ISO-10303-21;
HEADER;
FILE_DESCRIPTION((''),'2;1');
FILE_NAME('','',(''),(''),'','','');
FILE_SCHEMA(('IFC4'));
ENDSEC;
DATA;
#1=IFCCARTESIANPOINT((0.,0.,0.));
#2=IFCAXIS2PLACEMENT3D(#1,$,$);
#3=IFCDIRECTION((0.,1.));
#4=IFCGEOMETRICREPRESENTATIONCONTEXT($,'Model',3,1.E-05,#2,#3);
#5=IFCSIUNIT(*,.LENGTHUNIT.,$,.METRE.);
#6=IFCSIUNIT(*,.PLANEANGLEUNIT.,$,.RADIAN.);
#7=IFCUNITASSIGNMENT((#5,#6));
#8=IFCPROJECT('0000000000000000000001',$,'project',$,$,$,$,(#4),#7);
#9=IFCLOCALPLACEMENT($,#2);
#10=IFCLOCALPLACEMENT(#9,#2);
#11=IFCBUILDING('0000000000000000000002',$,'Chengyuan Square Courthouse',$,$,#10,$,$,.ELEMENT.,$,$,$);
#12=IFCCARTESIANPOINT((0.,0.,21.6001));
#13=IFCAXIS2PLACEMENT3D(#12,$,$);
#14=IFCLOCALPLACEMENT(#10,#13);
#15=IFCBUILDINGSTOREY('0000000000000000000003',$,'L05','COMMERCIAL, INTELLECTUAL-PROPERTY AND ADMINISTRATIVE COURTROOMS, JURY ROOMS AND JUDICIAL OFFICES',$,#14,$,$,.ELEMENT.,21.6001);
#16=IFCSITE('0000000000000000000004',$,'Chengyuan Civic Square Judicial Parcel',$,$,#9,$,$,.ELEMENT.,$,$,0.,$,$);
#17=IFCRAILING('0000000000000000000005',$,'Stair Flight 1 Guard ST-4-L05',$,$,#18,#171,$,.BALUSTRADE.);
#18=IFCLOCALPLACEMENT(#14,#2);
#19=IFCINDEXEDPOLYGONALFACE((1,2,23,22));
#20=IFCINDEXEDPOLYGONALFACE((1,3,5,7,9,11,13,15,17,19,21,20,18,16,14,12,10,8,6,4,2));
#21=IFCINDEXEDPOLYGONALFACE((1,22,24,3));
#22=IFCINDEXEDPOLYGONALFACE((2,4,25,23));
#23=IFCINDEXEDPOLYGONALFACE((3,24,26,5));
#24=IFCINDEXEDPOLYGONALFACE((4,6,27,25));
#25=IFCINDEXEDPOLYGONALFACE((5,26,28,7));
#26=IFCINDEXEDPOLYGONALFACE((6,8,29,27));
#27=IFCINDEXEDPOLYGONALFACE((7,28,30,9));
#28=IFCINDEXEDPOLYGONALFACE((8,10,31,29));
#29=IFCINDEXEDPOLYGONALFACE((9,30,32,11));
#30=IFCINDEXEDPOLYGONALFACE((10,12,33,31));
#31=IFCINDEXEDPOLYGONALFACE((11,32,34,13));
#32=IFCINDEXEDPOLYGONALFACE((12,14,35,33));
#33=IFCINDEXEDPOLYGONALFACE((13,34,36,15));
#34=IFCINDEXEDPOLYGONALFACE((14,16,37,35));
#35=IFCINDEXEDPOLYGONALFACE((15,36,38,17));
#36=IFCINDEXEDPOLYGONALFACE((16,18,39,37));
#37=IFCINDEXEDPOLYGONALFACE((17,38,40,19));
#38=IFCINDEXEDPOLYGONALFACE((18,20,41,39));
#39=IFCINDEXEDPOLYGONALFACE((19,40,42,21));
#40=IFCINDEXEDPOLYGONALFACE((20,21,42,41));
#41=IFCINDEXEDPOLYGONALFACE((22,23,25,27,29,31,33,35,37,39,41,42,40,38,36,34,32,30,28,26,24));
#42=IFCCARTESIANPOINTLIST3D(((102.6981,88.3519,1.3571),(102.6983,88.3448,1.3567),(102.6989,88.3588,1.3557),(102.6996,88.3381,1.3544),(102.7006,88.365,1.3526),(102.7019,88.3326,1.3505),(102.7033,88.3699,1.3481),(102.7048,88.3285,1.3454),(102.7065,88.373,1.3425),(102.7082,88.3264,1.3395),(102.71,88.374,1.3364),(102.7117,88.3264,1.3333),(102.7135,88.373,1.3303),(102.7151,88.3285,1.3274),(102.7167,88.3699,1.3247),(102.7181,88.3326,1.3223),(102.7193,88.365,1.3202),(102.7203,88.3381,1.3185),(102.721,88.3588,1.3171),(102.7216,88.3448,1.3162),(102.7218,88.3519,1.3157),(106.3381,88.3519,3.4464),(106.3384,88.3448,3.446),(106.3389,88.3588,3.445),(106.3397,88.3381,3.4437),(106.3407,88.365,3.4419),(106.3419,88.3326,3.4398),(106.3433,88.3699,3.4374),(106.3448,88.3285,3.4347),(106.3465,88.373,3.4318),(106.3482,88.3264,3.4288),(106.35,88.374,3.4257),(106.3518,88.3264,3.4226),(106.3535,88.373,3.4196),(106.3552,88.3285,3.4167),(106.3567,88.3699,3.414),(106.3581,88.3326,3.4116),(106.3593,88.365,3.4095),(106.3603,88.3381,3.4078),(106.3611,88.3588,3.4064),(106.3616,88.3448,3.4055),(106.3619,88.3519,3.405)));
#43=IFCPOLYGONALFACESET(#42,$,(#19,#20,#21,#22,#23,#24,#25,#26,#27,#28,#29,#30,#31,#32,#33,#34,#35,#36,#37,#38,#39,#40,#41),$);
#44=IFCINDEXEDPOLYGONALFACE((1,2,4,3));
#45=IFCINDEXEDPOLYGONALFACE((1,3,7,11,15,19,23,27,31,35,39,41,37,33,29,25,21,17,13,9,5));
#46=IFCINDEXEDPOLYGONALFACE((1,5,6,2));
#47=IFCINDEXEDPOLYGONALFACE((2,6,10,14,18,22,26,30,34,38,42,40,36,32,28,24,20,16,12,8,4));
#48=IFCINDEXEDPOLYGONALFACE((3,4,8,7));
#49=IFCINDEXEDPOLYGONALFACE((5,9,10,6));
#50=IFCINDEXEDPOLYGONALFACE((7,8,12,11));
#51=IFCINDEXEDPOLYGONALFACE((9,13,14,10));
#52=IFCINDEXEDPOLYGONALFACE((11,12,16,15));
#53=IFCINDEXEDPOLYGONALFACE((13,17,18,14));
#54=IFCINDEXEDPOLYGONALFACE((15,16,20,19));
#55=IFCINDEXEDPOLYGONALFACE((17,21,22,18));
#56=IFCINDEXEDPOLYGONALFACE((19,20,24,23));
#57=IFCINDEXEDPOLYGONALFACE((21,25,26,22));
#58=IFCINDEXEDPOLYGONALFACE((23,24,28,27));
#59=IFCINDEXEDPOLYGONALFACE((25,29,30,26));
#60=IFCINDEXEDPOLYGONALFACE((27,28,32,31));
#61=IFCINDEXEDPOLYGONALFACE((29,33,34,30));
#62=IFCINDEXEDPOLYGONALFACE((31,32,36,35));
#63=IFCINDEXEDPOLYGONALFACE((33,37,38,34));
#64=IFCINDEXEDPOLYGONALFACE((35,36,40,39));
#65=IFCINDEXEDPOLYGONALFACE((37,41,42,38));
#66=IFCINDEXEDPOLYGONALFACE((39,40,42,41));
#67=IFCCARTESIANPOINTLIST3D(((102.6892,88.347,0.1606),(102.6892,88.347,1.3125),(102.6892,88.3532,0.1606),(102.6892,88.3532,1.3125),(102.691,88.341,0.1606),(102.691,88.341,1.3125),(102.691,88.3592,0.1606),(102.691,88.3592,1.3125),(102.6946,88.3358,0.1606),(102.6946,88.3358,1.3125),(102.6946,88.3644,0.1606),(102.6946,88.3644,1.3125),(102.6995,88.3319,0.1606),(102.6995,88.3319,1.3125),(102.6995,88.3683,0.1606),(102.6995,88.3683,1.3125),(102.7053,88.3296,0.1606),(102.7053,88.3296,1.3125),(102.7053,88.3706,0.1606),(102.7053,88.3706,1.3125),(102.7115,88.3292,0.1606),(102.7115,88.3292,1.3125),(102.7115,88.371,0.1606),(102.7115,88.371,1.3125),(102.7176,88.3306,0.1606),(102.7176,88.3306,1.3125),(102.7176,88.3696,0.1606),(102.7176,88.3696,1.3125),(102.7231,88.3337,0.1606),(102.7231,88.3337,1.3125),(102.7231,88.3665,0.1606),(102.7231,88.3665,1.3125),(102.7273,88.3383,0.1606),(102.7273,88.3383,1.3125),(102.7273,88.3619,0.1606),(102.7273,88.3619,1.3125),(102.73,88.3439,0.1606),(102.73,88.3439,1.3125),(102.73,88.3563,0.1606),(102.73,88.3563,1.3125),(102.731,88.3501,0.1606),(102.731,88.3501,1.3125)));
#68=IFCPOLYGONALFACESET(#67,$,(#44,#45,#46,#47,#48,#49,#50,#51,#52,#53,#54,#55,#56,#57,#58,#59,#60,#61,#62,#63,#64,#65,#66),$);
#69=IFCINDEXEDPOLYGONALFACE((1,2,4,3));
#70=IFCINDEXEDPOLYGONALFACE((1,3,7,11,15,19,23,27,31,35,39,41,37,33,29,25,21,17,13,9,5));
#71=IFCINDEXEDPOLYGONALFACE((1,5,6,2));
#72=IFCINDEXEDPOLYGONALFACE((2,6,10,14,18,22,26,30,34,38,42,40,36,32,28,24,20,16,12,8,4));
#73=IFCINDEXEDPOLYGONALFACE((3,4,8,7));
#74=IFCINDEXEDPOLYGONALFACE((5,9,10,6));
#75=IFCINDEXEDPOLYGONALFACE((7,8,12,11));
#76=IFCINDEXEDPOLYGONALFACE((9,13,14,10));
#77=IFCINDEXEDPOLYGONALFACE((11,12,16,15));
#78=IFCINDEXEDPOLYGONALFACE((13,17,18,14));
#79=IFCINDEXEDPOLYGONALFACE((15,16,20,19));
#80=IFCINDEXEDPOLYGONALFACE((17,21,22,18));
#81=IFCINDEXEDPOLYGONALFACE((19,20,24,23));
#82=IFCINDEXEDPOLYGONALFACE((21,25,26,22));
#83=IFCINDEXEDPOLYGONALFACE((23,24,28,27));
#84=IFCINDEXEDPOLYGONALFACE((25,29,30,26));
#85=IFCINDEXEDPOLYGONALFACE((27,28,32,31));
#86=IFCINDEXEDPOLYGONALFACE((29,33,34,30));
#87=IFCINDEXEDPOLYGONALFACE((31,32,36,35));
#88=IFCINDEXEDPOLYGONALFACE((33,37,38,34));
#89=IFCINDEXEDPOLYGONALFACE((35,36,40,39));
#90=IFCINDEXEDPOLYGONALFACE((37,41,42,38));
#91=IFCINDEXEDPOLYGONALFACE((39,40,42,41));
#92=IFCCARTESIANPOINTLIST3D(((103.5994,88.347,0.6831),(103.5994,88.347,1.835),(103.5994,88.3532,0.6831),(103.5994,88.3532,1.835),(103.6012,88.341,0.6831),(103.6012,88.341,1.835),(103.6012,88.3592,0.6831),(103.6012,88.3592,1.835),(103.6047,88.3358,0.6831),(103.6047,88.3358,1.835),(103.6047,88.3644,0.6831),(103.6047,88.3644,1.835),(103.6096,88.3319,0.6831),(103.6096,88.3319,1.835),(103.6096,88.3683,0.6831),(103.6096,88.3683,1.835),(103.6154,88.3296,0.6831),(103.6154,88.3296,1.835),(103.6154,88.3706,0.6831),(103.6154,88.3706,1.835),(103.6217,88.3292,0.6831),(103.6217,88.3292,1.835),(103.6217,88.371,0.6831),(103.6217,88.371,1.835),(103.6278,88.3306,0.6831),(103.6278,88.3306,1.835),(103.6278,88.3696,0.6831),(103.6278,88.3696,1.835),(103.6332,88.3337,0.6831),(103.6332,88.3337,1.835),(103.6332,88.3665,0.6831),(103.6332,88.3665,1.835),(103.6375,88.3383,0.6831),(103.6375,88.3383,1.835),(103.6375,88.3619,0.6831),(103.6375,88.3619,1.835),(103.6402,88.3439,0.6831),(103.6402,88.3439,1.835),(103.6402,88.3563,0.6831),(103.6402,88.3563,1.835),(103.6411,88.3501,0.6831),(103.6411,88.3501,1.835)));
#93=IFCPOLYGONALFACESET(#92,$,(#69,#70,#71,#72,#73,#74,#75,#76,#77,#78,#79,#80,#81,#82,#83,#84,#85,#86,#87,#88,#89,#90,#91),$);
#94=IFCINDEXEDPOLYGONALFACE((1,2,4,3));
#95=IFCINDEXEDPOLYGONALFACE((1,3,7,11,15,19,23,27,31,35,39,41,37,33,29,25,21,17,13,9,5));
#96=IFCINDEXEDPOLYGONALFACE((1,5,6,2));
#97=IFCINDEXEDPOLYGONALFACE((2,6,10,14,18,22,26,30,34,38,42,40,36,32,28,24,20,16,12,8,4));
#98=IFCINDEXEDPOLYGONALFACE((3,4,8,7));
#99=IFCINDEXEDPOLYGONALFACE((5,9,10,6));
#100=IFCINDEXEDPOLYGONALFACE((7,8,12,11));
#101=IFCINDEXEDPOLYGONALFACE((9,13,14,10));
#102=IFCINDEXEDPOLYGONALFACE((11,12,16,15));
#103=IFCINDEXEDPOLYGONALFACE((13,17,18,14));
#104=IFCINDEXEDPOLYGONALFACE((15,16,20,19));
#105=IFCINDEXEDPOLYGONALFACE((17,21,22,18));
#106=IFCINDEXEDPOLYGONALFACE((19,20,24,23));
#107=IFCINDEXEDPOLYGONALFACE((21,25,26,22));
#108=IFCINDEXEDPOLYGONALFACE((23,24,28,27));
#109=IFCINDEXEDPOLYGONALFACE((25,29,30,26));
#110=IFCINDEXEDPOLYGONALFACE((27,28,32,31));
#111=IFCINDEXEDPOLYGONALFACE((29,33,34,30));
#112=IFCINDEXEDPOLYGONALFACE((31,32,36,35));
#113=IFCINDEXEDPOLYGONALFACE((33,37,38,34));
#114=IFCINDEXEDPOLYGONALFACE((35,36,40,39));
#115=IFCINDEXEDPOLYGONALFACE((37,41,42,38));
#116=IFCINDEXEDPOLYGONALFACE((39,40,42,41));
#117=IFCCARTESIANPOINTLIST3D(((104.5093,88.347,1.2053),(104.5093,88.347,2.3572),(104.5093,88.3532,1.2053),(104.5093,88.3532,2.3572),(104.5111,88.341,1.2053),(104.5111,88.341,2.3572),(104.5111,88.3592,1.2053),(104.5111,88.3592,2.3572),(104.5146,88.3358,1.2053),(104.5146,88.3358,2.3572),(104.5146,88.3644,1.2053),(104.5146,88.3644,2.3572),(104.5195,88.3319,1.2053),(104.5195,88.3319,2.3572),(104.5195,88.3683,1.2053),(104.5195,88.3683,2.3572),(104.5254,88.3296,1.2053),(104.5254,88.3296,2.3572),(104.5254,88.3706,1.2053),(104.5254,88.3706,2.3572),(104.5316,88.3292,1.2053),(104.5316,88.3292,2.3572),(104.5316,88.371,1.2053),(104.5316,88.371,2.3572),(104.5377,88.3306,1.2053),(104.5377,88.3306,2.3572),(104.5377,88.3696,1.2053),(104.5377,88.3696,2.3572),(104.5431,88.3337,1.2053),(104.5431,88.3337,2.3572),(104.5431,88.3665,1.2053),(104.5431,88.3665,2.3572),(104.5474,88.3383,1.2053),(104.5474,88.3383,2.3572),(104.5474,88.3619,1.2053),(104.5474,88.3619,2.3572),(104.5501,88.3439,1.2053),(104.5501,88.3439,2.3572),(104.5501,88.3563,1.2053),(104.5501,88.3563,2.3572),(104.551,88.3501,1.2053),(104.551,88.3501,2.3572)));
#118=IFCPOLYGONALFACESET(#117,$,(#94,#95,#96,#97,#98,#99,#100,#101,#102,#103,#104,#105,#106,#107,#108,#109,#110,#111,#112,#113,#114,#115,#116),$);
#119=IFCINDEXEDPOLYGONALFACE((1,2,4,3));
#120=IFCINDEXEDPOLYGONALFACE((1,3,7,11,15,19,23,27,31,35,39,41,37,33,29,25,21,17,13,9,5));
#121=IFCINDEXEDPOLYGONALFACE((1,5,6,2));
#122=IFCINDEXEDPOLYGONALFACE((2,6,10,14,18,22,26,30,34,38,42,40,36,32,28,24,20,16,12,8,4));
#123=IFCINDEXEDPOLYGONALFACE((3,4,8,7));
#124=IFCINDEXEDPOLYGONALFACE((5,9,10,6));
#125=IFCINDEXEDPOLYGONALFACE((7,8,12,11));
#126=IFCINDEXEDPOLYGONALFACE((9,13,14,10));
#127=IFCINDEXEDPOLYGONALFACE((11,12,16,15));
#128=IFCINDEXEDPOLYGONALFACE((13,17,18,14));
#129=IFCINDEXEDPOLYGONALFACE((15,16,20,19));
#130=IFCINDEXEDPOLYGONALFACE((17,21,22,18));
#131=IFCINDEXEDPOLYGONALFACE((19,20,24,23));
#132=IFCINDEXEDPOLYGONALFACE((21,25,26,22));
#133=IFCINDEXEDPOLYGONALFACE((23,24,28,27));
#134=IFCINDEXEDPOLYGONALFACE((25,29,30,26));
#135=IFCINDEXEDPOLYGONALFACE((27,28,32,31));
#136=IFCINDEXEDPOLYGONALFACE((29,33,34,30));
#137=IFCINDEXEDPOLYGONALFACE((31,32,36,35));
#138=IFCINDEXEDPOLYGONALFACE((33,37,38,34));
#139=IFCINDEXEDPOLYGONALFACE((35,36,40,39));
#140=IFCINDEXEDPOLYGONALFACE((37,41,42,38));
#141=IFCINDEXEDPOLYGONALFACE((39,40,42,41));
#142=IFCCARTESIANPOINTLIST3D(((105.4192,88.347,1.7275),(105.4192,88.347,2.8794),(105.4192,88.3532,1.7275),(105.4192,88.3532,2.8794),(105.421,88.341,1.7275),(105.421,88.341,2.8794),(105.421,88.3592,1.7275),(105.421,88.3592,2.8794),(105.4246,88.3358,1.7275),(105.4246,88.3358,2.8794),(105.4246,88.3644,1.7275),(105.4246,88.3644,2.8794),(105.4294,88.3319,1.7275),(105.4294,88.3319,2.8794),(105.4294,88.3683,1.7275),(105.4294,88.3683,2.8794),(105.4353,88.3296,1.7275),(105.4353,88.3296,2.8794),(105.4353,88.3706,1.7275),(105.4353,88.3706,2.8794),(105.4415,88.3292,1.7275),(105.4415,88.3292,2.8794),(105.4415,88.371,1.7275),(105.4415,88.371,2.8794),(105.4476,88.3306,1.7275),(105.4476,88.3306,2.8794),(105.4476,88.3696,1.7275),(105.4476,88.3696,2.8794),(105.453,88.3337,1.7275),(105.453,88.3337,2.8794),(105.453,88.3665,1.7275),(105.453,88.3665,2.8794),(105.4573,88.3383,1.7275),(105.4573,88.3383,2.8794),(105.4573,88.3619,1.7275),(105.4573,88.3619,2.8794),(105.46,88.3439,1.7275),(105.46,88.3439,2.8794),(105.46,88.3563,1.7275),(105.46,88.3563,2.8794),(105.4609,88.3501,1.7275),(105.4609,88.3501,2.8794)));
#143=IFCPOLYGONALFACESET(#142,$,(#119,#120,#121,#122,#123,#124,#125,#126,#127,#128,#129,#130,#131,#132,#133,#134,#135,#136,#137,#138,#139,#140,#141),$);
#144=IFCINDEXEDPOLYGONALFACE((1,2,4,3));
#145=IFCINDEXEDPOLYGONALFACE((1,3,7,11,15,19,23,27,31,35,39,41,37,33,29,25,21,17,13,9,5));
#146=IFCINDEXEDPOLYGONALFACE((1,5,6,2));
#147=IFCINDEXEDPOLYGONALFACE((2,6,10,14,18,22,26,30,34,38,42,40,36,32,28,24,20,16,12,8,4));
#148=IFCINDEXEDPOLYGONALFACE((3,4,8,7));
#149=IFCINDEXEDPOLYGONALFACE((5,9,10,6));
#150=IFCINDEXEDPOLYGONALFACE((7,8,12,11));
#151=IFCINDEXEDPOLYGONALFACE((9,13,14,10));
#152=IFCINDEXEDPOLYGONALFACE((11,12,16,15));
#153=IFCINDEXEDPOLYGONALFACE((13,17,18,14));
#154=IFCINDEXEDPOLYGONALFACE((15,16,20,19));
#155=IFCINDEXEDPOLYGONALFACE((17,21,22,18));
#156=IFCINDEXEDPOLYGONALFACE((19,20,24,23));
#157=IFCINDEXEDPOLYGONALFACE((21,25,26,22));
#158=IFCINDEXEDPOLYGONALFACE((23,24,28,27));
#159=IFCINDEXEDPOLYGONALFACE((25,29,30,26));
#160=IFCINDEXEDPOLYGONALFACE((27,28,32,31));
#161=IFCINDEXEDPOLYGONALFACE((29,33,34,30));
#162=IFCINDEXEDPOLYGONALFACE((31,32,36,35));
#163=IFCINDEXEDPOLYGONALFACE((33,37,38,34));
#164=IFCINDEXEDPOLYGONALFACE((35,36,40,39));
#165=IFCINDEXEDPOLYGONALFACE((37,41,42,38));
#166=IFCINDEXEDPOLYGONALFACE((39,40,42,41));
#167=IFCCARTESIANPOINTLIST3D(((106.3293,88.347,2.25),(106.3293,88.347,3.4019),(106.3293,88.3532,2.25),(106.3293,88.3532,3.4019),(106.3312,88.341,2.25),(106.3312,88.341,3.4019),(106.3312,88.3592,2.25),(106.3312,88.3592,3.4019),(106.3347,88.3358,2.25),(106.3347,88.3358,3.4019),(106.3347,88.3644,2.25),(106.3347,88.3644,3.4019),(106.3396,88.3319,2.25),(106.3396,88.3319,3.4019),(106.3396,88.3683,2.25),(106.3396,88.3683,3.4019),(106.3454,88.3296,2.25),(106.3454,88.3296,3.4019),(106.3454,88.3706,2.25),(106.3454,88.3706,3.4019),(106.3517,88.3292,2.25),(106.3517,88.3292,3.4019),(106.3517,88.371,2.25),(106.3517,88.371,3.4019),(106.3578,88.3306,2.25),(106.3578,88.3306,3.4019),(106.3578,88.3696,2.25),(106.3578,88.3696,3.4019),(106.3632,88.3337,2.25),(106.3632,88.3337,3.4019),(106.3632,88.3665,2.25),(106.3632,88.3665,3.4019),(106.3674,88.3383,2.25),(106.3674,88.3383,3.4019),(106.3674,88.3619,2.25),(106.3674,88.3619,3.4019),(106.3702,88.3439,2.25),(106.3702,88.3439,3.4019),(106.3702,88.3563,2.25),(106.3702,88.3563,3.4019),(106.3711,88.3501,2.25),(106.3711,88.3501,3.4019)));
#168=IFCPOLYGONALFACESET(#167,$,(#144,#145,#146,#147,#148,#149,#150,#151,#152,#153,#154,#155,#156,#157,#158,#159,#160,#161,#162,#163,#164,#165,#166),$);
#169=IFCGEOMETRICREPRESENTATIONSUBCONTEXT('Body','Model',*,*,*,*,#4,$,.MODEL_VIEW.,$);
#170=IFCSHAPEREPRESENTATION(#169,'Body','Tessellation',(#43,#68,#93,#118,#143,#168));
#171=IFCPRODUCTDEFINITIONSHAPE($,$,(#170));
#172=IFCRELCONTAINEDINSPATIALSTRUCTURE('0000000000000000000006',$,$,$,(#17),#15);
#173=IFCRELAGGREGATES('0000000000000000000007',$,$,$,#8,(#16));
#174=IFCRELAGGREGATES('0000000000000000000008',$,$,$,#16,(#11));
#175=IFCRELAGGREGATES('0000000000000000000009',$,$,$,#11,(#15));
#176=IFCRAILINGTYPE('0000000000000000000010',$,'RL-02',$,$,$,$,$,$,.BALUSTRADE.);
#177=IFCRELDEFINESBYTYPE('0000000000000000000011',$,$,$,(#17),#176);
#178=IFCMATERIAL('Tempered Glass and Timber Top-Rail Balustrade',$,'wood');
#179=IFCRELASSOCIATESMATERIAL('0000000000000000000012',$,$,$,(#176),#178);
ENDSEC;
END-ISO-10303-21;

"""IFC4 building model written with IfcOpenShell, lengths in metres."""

from ifc_helpers import new_model, si_unit, direction, frame, origin, origin_2d, place, context, subcontext, project, spatial, circle, extrude, material, type_object, element, save


model = new_model("IFC4")

# Units and contexts
model_context = context("Model", 3, precision=1e-05, world=origin(), true_north=direction((0.0, 1.0)))
body_context = subcontext(model_context, "Body", "Model", "MODEL_VIEW")
ifc_project = project(units=[si_unit("LENGTHUNIT", "METRE"), si_unit("PLANEANGLEUNIT", "RADIAN")], contexts=[model_context])

# Site, building, storey
site_placement = place(None, origin())
site = spatial("IfcSite", under=ifc_project, at=site_placement, Name="Chengyuan Civic Square Judicial Parcel", CompositionType="ELEMENT", RefElevation=0.0)
building_placement = place(site_placement, origin())
building = spatial("IfcBuilding", under=site, at=building_placement, Name="Chengyuan Square Courthouse", CompositionType="ELEMENT")
storey_placement = place(building_placement, frame((0.0, 0.0, 21.6001)))
storey = spatial("IfcBuildingStorey", under=building, at=storey_placement, Name="L05", Description="COMMERCIAL, INTELLECTUAL-PROPERTY AND ADMINISTRATIVE COURTROOMS, JURY ROOMS AND JUDICIAL OFFICES", CompositionType="ELEMENT", Elevation=21.6001)

# Railing
ifc_material_1 = material(Name="Tempered Glass and Timber Top-Rail Balustrade", Category="wood")
railing_type_1 = type_object("IfcRailingType", Name="RL-02", PredefinedType="BALUSTRADE", material=ifc_material_1)
railing_1_placement = place(storey_placement, frame((102.71, 88.3501, 0.1606)))
element("IfcRailing", 1, at=railing_1_placement, inside=storey, type_object=railing_type_1, Name="Stair Flight 1 Guard ST-4-L05", PredefinedType="BALUSTRADE", context=body_context, shape_type="SweptSolid", body=[
    extrude(circle(Radius=0.0239, at=origin_2d()), frame((0.0, 0.0, 1.1758), z_axis=(0.867289, 0.0, 0.497804), x_axis=(0.0, 1.0, 0.0)), (0.0, 0.0, 1.0), 4.197),
    extrude(circle(Radius=0.021, at=origin_2d()), origin(), (0.0, 0.0, 1.0), 1.1519),
    extrude(circle(Radius=0.021, at=origin_2d()), frame((0.9102, 0.0, 0.5225)), (0.0, 0.0, 1.0), 1.1519),
    extrude(circle(Radius=0.021, at=origin_2d()), frame((1.8201, 0.0, 1.0447)), (0.0, 0.0, 1.0), 1.1519),
    extrude(circle(Radius=0.021, at=origin_2d()), frame((2.73, 0.0, 1.5669)), (0.0, 0.0, 1.0), 1.1519),
    extrude(circle(Radius=0.021, at=origin_2d()), frame((3.6401, 0.0, 2.0894)), (0.0, 0.0, 1.0), 1.1519),
])

save(model, "model.ifc")
